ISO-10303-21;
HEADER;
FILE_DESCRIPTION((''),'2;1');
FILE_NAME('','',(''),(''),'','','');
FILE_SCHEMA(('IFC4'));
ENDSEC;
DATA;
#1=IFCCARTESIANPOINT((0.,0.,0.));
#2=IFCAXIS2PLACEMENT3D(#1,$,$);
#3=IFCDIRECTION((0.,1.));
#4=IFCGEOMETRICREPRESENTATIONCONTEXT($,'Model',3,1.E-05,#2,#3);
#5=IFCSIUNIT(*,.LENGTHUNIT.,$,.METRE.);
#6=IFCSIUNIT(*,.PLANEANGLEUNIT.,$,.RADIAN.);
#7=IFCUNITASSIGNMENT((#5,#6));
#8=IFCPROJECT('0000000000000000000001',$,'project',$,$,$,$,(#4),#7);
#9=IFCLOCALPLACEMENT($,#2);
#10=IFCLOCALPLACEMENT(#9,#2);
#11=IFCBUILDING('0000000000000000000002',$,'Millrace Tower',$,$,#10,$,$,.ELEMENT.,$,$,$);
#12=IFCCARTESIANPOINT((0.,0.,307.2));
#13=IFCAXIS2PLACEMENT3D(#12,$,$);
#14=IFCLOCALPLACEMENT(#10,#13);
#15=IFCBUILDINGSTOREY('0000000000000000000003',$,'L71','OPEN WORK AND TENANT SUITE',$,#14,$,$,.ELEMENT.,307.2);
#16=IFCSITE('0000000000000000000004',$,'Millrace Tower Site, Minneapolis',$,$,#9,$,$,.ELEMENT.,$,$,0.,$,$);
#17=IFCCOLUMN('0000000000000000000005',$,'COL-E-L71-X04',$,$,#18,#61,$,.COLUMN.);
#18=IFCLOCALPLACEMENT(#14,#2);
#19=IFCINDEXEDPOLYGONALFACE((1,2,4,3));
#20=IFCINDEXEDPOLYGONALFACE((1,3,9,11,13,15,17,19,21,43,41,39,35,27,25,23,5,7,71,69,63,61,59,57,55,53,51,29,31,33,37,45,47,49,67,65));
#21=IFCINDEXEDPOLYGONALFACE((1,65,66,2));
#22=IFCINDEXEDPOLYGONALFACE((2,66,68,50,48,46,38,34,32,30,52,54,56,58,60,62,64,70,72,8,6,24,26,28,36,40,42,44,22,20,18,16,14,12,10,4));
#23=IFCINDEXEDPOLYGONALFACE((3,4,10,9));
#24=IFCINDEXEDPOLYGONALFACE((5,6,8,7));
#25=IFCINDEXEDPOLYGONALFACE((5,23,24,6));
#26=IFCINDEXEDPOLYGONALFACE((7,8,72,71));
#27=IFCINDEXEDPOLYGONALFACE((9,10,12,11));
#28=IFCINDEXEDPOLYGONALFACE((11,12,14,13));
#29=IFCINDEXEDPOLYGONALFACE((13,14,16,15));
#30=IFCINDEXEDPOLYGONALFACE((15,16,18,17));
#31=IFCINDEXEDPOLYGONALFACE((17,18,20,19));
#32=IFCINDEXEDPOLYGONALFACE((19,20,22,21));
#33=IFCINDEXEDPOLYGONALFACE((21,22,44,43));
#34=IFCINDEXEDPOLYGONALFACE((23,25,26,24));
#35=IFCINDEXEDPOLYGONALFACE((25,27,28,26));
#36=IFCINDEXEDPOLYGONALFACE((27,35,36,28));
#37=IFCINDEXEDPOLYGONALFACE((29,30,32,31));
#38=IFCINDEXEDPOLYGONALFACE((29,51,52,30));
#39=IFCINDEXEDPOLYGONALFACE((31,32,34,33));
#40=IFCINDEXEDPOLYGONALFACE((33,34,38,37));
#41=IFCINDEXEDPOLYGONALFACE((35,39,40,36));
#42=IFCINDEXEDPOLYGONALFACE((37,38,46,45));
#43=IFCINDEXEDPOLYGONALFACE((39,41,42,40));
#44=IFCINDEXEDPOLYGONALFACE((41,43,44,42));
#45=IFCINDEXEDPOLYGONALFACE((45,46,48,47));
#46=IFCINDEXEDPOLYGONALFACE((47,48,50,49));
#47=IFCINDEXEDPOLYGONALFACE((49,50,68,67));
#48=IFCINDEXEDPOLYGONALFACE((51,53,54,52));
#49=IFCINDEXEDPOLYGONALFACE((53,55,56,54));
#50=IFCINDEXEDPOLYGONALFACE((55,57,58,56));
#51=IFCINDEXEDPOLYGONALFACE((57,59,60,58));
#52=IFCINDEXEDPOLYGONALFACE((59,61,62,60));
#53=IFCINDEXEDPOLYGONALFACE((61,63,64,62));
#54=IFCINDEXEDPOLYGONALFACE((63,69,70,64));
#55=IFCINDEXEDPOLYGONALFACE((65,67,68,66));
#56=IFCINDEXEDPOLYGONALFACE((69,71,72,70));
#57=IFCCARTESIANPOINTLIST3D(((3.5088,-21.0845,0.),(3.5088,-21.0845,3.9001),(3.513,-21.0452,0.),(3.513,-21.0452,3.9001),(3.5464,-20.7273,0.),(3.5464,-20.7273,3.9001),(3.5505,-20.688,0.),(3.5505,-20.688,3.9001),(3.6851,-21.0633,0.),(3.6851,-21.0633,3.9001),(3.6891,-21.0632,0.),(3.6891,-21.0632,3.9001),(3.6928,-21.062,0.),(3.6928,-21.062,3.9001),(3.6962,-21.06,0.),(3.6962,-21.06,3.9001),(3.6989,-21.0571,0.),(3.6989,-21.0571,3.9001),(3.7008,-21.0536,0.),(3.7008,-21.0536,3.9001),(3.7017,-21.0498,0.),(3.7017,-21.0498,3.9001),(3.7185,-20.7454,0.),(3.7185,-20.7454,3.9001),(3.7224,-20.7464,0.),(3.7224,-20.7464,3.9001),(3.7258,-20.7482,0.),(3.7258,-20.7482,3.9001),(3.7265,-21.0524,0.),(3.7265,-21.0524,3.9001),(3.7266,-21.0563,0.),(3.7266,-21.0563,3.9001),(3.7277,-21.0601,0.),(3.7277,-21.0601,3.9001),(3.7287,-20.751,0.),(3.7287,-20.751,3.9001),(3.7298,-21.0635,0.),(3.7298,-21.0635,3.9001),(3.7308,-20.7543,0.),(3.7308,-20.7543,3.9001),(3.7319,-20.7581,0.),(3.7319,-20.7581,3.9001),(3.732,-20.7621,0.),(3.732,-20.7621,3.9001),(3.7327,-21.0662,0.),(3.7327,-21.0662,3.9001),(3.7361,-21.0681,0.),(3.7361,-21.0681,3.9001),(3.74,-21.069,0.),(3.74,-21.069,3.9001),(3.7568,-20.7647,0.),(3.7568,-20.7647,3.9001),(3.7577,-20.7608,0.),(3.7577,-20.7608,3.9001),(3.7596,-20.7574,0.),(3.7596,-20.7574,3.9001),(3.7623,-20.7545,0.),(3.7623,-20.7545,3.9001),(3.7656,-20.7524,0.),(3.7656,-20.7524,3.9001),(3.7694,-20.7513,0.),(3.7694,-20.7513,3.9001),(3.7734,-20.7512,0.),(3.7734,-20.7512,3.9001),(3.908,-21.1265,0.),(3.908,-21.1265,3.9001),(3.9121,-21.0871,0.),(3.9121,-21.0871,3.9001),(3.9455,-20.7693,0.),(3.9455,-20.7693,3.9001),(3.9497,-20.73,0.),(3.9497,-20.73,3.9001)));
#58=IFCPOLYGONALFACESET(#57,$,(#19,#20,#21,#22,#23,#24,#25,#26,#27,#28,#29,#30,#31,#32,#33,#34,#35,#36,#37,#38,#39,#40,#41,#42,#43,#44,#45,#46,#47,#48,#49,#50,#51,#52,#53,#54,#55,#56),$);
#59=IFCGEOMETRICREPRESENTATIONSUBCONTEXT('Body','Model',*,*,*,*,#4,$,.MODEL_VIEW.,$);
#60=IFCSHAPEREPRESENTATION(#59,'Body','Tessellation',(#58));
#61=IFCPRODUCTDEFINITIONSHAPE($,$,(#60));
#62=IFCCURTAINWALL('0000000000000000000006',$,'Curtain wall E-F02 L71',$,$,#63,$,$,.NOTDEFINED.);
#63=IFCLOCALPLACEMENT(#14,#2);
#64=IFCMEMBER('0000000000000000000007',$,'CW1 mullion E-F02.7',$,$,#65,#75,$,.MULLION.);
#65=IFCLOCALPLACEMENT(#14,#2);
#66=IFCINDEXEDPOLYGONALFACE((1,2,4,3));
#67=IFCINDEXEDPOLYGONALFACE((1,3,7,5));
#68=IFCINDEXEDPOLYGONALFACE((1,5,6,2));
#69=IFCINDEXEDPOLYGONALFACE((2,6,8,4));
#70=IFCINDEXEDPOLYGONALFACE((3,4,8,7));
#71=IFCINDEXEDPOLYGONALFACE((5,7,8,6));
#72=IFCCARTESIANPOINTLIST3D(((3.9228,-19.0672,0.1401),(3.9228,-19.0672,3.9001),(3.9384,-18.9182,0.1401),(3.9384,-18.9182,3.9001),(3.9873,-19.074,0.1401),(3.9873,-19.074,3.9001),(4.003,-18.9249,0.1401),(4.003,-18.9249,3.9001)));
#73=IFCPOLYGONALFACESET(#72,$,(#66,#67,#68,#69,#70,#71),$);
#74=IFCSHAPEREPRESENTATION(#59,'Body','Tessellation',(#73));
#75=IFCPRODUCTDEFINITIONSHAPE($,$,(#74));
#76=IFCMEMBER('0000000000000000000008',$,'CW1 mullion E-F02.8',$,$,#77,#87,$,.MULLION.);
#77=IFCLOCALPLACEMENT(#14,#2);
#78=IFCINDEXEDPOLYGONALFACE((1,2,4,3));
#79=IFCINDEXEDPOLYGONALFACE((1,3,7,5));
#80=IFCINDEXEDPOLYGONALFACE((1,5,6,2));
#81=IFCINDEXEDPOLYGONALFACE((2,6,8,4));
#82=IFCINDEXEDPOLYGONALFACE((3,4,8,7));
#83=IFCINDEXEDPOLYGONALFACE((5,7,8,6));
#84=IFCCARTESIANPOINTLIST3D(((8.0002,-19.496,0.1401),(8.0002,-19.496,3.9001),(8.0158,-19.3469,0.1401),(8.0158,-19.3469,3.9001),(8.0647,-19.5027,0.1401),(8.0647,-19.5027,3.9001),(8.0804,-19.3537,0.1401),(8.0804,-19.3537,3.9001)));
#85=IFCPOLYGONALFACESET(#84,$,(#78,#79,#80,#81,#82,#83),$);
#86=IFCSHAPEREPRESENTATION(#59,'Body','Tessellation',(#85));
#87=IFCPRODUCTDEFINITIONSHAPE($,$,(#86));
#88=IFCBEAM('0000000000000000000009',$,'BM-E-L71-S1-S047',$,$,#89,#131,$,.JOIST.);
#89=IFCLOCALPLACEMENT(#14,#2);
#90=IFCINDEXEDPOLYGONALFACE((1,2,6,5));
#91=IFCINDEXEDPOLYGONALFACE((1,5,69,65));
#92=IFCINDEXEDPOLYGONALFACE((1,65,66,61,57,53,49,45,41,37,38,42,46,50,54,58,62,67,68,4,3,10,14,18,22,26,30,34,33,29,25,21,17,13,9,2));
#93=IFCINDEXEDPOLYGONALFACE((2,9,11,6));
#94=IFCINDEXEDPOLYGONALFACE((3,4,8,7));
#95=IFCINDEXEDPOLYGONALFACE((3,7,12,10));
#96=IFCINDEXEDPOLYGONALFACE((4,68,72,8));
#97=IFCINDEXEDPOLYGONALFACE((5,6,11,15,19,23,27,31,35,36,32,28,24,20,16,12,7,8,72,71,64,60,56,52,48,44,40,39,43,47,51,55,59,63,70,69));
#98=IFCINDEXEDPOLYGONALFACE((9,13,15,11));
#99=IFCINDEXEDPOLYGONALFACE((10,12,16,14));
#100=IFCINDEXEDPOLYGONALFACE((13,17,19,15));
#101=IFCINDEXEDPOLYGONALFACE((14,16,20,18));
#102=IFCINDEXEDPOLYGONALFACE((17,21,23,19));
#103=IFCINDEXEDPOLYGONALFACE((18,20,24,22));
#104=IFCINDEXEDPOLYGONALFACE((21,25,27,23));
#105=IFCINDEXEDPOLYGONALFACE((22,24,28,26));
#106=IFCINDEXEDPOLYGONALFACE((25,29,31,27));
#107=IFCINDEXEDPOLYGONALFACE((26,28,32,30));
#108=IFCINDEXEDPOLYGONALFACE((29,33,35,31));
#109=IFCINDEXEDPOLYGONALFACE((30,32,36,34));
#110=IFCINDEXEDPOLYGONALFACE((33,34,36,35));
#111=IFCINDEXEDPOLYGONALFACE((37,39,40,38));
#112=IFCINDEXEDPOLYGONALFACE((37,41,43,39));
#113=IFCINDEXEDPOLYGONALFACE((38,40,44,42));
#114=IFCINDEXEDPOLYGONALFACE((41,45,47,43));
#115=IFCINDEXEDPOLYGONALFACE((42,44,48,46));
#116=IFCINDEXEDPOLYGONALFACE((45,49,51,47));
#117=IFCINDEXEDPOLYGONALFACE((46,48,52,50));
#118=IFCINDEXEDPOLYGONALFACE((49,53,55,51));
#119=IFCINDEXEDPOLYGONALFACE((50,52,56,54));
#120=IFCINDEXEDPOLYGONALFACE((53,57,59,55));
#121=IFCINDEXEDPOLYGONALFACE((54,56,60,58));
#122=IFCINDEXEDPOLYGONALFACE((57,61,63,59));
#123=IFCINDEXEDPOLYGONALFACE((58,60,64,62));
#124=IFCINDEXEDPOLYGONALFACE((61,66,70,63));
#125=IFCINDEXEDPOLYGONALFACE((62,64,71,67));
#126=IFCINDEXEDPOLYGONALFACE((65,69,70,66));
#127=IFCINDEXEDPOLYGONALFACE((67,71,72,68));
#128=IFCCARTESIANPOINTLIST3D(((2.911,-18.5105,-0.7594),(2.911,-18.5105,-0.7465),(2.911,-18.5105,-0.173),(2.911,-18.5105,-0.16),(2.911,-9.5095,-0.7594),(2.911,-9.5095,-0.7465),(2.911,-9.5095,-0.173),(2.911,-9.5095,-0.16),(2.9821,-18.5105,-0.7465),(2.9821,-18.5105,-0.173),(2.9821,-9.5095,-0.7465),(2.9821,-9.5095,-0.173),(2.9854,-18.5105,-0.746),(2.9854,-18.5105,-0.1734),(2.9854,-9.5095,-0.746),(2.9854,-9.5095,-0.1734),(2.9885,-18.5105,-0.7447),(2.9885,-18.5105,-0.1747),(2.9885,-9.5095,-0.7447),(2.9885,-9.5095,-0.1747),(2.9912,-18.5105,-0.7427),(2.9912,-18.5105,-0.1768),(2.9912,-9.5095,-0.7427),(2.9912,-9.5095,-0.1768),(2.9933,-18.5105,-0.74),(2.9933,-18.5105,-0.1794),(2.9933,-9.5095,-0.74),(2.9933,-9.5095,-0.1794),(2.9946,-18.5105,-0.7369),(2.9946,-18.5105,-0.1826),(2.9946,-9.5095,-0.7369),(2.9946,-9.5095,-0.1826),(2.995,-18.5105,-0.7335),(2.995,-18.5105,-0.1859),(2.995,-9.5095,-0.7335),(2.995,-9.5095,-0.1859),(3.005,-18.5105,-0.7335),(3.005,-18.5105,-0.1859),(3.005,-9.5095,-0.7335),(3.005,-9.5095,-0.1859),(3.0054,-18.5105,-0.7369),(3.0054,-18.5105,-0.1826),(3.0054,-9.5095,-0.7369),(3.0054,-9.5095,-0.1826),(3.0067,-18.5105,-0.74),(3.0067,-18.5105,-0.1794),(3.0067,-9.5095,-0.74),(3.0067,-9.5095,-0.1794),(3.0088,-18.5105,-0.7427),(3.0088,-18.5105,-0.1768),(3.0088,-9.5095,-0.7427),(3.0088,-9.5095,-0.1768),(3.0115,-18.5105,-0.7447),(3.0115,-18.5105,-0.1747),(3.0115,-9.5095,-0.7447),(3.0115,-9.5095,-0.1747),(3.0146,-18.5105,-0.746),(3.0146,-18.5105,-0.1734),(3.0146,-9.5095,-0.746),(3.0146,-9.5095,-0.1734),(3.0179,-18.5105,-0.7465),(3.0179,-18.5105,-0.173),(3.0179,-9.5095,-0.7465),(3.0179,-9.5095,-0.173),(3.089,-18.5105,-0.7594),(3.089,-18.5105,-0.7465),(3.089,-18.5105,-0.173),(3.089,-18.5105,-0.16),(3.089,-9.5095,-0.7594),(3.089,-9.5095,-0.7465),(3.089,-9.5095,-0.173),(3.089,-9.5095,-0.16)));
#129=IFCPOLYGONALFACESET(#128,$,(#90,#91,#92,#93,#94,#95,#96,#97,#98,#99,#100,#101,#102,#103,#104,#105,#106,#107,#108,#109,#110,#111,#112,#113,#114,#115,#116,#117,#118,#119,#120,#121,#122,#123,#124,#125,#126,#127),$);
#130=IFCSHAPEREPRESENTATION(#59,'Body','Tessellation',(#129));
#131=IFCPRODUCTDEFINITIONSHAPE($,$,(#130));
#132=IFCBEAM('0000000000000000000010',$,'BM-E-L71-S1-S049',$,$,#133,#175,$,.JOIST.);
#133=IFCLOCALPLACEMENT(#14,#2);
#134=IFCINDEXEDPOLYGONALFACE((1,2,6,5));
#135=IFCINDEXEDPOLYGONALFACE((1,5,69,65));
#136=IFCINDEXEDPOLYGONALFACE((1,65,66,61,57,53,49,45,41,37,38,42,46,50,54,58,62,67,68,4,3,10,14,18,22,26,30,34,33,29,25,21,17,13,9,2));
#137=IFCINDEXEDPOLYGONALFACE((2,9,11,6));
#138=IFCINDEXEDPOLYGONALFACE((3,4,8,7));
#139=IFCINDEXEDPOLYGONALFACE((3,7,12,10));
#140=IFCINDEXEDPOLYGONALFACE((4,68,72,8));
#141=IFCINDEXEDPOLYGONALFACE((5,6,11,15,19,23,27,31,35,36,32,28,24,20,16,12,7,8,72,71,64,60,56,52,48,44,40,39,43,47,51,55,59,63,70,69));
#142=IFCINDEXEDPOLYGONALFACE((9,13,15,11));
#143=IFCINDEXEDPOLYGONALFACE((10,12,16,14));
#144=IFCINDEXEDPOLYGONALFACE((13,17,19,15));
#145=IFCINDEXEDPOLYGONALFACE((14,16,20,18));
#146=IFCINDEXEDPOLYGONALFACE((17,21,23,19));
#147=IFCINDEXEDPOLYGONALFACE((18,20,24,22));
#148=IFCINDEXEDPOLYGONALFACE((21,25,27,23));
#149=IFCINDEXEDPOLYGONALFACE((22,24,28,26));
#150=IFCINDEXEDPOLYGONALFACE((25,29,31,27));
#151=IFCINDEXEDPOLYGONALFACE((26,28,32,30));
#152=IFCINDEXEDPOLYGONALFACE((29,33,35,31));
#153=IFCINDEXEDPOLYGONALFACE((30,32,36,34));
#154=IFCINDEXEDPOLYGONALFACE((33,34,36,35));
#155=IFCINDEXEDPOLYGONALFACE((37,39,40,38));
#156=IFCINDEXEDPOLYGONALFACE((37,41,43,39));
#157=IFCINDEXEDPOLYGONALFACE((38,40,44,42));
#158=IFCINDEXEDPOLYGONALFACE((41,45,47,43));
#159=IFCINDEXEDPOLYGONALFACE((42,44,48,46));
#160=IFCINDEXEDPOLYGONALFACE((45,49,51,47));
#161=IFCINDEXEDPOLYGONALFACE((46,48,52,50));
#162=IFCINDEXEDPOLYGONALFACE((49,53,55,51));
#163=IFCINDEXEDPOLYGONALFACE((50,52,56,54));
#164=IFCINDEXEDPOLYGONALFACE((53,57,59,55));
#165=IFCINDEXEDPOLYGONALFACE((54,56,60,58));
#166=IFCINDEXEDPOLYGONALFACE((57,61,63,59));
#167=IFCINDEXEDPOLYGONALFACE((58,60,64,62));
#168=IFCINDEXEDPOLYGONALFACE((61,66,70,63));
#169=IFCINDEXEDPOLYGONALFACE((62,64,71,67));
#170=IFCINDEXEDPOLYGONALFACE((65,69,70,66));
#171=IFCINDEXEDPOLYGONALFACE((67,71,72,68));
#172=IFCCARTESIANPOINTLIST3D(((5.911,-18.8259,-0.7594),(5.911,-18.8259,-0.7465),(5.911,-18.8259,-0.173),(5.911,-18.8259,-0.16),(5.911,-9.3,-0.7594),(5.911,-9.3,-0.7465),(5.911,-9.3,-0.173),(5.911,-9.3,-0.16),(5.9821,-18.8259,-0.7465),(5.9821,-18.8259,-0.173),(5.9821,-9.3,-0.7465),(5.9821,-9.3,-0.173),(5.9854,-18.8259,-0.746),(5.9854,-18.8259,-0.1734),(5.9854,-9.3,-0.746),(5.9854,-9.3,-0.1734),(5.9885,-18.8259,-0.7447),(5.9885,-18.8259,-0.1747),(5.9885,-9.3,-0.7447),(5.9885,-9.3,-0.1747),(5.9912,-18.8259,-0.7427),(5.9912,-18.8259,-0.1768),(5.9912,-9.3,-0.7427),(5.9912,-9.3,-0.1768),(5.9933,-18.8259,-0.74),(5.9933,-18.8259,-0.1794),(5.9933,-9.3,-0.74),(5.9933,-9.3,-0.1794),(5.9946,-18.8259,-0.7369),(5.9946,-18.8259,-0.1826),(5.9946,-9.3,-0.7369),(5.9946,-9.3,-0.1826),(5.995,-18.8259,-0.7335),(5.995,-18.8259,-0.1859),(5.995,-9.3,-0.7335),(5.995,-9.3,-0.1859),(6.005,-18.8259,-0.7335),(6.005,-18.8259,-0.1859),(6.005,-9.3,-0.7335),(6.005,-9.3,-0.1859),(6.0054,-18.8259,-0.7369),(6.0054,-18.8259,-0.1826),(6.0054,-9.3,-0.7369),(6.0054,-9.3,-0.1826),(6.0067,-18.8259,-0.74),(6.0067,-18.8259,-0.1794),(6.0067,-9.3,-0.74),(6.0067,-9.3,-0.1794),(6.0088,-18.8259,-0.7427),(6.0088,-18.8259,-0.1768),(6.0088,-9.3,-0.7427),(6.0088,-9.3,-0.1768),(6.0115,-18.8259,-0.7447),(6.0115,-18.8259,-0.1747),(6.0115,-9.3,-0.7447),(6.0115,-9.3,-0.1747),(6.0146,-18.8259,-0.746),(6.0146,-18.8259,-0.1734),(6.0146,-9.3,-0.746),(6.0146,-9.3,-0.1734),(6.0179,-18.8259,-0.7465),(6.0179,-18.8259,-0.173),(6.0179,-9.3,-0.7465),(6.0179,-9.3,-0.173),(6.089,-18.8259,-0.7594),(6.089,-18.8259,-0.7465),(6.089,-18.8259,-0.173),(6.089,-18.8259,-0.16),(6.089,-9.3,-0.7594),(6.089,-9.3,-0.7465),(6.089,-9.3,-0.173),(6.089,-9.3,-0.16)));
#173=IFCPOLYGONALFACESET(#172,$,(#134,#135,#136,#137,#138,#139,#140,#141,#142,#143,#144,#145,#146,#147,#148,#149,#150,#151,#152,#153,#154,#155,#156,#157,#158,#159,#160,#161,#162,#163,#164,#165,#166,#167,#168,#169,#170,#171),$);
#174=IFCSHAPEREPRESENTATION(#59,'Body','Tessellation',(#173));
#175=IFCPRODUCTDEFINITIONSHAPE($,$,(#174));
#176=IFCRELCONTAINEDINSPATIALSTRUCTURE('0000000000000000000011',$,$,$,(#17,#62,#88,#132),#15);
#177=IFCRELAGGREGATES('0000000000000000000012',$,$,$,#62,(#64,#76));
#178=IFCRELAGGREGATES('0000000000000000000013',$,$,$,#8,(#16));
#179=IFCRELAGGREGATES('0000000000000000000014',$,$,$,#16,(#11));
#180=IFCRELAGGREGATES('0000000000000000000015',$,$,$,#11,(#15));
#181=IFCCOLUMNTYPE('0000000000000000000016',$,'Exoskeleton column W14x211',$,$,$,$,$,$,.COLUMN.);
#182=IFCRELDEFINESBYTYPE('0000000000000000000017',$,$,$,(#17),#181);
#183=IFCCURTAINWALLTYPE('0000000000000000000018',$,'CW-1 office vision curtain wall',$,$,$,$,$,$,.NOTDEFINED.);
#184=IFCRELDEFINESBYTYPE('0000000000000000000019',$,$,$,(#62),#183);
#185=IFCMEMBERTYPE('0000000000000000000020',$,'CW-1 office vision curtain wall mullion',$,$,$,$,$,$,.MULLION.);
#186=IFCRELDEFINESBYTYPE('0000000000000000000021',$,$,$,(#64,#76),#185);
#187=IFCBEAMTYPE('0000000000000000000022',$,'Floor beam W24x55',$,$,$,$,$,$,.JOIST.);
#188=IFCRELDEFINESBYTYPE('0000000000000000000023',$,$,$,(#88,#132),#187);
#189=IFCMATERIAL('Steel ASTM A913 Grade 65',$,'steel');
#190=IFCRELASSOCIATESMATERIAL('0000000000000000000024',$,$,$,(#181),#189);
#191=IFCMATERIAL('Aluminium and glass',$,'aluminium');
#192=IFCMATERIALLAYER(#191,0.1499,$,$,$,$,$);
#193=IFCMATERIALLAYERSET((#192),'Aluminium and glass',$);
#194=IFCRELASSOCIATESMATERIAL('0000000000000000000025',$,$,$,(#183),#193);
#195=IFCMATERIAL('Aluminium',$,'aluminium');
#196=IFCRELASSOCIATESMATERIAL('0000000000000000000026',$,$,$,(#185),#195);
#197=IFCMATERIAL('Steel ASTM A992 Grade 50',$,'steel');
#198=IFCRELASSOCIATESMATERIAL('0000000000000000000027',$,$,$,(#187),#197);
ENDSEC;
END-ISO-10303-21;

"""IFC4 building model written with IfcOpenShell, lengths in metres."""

from ifc_helpers import new_model, si_unit, direction, frame, origin, origin_2d, place, context, subcontext, project, spatial, rectangle, i_section, extrude, material, layer, layer_set, material_profile, profile_set, type_object, element, aggregate, save


model = new_model("IFC4")

# Units and contexts
model_context = context("Model", 3, precision=1e-05, world=origin(), true_north=direction((0.0, 1.0)))
body_context = subcontext(model_context, "Body", "Model", "MODEL_VIEW")
ifc_project = project(units=[si_unit("LENGTHUNIT", "METRE"), si_unit("PLANEANGLEUNIT", "RADIAN")], contexts=[model_context])

# Site, building, storey
site_placement = place(None, origin())
site = spatial("IfcSite", under=ifc_project, at=site_placement, Name="Millrace Tower Site, Minneapolis", CompositionType="ELEMENT", RefElevation=0.0)
building_placement = place(site_placement, origin())
building = spatial("IfcBuilding", under=site, at=building_placement, Name="Millrace Tower", CompositionType="ELEMENT")
storey_placement = place(building_placement, frame((0.0, 0.0, 307.2)))
storey = spatial("IfcBuildingStorey", under=building, at=storey_placement, Name="L71", Description="OPEN WORK AND TENANT SUITE", CompositionType="ELEMENT", Elevation=307.2)

# Column
ifc_material_1 = material(Name="Steel ASTM A913 Grade 65", Category="steel")
ifc_material_profile_1 = material_profile(ifc_material_1, i_section(OverallWidth=0.4014, OverallDepth=0.3987, WebThickness=0.0249, FlangeThickness=0.0396, FilletRadius=0.0151, at=origin_2d()))
ifc_profile_set_1 = profile_set([ifc_material_profile_1], Name="Steel ASTM A913 Grade 65")
column_type = type_object("IfcColumnType", Name="Exoskeleton column W14x211", PredefinedType="COLUMN", material=ifc_profile_set_1)
column_placement = place(storey_placement, frame((3.7292, -20.9072, 0.0), z_axis=(0.0, 0.0, 1.0), x_axis=(0.994522, -0.104528, 0.0)))
element("IfcColumn", 1, at=column_placement, inside=storey, type_object=column_type, Name="COL-E-L71-X04", PredefinedType="COLUMN", context=body_context, shape_type="SweptSolid", body=[
    extrude(i_section(OverallWidth=0.4014, OverallDepth=0.3987, WebThickness=0.0249, FlangeThickness=0.0396, FilletRadius=0.0151, at=origin_2d()), origin(), (0.0, 0.0, 1.0), 3.9001),
])

# Curtain wall, members
ifc_material_2 = material(Name="Aluminium and glass", Category="aluminium")
ifc_layer_1 = layer(ifc_material_2, 0.1499)
ifc_layer_set_1 = layer_set([ifc_layer_1], Name="Aluminium and glass")
curtain_wall_type = type_object("IfcCurtainWallType", Name="CW-1 office vision curtain wall", PredefinedType="NOTDEFINED", material=ifc_layer_set_1)
placement = place(storey_placement, origin())
curtain_wall = element("IfcCurtainWall", 2, at=placement, inside=storey, type_object=curtain_wall_type, Name="Curtain wall E-F02 L71", PredefinedType="NOTDEFINED")
ifc_material_3 = material(Name="Aluminium", Category="aluminium")
ifc_material_profile_2 = material_profile(ifc_material_3, rectangle(XDim=0.0649, YDim=0.1499, at=origin_2d()))
ifc_profile_set_2 = profile_set([ifc_material_profile_2], Name="Aluminium")
member_type = type_object("IfcMemberType", Name="CW-1 office vision curtain wall mullion", PredefinedType="MULLION", material=ifc_profile_set_2)
member_1_placement = place(storey_placement, frame((3.9629, -18.9961, 0.1401), z_axis=(0.0, 0.0, 1.0), x_axis=(0.994522, -0.104528, 0.0)))
member_1 = element("IfcMember", 3, at=member_1_placement, type_object=member_type, Name="CW1 mullion E-F02.7", PredefinedType="MULLION", context=body_context, shape_type="SweptSolid", body=[
    extrude(rectangle(XDim=0.0649, YDim=0.1499, at=origin_2d()), origin(), (0.0, 0.0, 1.0), 3.76),
])
member_2_placement = place(storey_placement, frame((8.0403, -19.4248, 0.1401), z_axis=(0.0, 0.0, 1.0), x_axis=(0.994522, -0.104528, 0.0)))
member_2 = element("IfcMember", 4, at=member_2_placement, type_object=member_type, Name="CW1 mullion E-F02.8", PredefinedType="MULLION", context=body_context, shape_type="SweptSolid", body=[
    extrude(rectangle(XDim=0.0649, YDim=0.1499, at=origin_2d()), origin(), (0.0, 0.0, 1.0), 3.76),
])
aggregate(curtain_wall, [member_1, member_2])

# Beams
ifc_material_4 = material(Name="Steel ASTM A992 Grade 50", Category="steel")
ifc_material_profile_3 = material_profile(ifc_material_4, i_section(OverallWidth=0.178, OverallDepth=0.5994, WebThickness=0.01, FlangeThickness=0.0129, FilletRadius=0.0129, at=origin_2d()))
ifc_profile_set_3 = profile_set([ifc_material_profile_3], Name="Steel ASTM A992 Grade 50")
beam_type_1 = type_object("IfcBeamType", Name="Floor beam W24x55", PredefinedType="JOIST", material=ifc_profile_set_3)
beam_1_placement = place(storey_placement, frame((3.0, -18.5105, -0.4597), z_axis=(0.0, 1.0, 0.0), x_axis=(-1.0, 0.0, 0.0)))
element("IfcBeam", 5, at=beam_1_placement, inside=storey, type_object=beam_type_1, Name="BM-E-L71-S1-S047", PredefinedType="JOIST", context=body_context, shape_type="SweptSolid", body=[
    extrude(i_section(OverallWidth=0.178, OverallDepth=0.5994, WebThickness=0.01, FlangeThickness=0.0129, FilletRadius=0.0129, at=origin_2d()), origin(), (0.0, 0.0, 1.0), 9.001),
])
beam_2_placement = place(storey_placement, frame((6.0, -18.8259, -0.4597), z_axis=(0.0, 1.0, 0.0), x_axis=(-1.0, 0.0, 0.0)))
element("IfcBeam", 6, at=beam_2_placement, inside=storey, type_object=beam_type_1, Name="BM-E-L71-S1-S049", PredefinedType="JOIST", context=body_context, shape_type="SweptSolid", body=[
    extrude(i_section(OverallWidth=0.178, OverallDepth=0.5994, WebThickness=0.01, FlangeThickness=0.0129, FilletRadius=0.0129, at=origin_2d()), origin(), (0.0, 0.0, 1.0), 9.5259),
])

save(model, "model.ifc")
